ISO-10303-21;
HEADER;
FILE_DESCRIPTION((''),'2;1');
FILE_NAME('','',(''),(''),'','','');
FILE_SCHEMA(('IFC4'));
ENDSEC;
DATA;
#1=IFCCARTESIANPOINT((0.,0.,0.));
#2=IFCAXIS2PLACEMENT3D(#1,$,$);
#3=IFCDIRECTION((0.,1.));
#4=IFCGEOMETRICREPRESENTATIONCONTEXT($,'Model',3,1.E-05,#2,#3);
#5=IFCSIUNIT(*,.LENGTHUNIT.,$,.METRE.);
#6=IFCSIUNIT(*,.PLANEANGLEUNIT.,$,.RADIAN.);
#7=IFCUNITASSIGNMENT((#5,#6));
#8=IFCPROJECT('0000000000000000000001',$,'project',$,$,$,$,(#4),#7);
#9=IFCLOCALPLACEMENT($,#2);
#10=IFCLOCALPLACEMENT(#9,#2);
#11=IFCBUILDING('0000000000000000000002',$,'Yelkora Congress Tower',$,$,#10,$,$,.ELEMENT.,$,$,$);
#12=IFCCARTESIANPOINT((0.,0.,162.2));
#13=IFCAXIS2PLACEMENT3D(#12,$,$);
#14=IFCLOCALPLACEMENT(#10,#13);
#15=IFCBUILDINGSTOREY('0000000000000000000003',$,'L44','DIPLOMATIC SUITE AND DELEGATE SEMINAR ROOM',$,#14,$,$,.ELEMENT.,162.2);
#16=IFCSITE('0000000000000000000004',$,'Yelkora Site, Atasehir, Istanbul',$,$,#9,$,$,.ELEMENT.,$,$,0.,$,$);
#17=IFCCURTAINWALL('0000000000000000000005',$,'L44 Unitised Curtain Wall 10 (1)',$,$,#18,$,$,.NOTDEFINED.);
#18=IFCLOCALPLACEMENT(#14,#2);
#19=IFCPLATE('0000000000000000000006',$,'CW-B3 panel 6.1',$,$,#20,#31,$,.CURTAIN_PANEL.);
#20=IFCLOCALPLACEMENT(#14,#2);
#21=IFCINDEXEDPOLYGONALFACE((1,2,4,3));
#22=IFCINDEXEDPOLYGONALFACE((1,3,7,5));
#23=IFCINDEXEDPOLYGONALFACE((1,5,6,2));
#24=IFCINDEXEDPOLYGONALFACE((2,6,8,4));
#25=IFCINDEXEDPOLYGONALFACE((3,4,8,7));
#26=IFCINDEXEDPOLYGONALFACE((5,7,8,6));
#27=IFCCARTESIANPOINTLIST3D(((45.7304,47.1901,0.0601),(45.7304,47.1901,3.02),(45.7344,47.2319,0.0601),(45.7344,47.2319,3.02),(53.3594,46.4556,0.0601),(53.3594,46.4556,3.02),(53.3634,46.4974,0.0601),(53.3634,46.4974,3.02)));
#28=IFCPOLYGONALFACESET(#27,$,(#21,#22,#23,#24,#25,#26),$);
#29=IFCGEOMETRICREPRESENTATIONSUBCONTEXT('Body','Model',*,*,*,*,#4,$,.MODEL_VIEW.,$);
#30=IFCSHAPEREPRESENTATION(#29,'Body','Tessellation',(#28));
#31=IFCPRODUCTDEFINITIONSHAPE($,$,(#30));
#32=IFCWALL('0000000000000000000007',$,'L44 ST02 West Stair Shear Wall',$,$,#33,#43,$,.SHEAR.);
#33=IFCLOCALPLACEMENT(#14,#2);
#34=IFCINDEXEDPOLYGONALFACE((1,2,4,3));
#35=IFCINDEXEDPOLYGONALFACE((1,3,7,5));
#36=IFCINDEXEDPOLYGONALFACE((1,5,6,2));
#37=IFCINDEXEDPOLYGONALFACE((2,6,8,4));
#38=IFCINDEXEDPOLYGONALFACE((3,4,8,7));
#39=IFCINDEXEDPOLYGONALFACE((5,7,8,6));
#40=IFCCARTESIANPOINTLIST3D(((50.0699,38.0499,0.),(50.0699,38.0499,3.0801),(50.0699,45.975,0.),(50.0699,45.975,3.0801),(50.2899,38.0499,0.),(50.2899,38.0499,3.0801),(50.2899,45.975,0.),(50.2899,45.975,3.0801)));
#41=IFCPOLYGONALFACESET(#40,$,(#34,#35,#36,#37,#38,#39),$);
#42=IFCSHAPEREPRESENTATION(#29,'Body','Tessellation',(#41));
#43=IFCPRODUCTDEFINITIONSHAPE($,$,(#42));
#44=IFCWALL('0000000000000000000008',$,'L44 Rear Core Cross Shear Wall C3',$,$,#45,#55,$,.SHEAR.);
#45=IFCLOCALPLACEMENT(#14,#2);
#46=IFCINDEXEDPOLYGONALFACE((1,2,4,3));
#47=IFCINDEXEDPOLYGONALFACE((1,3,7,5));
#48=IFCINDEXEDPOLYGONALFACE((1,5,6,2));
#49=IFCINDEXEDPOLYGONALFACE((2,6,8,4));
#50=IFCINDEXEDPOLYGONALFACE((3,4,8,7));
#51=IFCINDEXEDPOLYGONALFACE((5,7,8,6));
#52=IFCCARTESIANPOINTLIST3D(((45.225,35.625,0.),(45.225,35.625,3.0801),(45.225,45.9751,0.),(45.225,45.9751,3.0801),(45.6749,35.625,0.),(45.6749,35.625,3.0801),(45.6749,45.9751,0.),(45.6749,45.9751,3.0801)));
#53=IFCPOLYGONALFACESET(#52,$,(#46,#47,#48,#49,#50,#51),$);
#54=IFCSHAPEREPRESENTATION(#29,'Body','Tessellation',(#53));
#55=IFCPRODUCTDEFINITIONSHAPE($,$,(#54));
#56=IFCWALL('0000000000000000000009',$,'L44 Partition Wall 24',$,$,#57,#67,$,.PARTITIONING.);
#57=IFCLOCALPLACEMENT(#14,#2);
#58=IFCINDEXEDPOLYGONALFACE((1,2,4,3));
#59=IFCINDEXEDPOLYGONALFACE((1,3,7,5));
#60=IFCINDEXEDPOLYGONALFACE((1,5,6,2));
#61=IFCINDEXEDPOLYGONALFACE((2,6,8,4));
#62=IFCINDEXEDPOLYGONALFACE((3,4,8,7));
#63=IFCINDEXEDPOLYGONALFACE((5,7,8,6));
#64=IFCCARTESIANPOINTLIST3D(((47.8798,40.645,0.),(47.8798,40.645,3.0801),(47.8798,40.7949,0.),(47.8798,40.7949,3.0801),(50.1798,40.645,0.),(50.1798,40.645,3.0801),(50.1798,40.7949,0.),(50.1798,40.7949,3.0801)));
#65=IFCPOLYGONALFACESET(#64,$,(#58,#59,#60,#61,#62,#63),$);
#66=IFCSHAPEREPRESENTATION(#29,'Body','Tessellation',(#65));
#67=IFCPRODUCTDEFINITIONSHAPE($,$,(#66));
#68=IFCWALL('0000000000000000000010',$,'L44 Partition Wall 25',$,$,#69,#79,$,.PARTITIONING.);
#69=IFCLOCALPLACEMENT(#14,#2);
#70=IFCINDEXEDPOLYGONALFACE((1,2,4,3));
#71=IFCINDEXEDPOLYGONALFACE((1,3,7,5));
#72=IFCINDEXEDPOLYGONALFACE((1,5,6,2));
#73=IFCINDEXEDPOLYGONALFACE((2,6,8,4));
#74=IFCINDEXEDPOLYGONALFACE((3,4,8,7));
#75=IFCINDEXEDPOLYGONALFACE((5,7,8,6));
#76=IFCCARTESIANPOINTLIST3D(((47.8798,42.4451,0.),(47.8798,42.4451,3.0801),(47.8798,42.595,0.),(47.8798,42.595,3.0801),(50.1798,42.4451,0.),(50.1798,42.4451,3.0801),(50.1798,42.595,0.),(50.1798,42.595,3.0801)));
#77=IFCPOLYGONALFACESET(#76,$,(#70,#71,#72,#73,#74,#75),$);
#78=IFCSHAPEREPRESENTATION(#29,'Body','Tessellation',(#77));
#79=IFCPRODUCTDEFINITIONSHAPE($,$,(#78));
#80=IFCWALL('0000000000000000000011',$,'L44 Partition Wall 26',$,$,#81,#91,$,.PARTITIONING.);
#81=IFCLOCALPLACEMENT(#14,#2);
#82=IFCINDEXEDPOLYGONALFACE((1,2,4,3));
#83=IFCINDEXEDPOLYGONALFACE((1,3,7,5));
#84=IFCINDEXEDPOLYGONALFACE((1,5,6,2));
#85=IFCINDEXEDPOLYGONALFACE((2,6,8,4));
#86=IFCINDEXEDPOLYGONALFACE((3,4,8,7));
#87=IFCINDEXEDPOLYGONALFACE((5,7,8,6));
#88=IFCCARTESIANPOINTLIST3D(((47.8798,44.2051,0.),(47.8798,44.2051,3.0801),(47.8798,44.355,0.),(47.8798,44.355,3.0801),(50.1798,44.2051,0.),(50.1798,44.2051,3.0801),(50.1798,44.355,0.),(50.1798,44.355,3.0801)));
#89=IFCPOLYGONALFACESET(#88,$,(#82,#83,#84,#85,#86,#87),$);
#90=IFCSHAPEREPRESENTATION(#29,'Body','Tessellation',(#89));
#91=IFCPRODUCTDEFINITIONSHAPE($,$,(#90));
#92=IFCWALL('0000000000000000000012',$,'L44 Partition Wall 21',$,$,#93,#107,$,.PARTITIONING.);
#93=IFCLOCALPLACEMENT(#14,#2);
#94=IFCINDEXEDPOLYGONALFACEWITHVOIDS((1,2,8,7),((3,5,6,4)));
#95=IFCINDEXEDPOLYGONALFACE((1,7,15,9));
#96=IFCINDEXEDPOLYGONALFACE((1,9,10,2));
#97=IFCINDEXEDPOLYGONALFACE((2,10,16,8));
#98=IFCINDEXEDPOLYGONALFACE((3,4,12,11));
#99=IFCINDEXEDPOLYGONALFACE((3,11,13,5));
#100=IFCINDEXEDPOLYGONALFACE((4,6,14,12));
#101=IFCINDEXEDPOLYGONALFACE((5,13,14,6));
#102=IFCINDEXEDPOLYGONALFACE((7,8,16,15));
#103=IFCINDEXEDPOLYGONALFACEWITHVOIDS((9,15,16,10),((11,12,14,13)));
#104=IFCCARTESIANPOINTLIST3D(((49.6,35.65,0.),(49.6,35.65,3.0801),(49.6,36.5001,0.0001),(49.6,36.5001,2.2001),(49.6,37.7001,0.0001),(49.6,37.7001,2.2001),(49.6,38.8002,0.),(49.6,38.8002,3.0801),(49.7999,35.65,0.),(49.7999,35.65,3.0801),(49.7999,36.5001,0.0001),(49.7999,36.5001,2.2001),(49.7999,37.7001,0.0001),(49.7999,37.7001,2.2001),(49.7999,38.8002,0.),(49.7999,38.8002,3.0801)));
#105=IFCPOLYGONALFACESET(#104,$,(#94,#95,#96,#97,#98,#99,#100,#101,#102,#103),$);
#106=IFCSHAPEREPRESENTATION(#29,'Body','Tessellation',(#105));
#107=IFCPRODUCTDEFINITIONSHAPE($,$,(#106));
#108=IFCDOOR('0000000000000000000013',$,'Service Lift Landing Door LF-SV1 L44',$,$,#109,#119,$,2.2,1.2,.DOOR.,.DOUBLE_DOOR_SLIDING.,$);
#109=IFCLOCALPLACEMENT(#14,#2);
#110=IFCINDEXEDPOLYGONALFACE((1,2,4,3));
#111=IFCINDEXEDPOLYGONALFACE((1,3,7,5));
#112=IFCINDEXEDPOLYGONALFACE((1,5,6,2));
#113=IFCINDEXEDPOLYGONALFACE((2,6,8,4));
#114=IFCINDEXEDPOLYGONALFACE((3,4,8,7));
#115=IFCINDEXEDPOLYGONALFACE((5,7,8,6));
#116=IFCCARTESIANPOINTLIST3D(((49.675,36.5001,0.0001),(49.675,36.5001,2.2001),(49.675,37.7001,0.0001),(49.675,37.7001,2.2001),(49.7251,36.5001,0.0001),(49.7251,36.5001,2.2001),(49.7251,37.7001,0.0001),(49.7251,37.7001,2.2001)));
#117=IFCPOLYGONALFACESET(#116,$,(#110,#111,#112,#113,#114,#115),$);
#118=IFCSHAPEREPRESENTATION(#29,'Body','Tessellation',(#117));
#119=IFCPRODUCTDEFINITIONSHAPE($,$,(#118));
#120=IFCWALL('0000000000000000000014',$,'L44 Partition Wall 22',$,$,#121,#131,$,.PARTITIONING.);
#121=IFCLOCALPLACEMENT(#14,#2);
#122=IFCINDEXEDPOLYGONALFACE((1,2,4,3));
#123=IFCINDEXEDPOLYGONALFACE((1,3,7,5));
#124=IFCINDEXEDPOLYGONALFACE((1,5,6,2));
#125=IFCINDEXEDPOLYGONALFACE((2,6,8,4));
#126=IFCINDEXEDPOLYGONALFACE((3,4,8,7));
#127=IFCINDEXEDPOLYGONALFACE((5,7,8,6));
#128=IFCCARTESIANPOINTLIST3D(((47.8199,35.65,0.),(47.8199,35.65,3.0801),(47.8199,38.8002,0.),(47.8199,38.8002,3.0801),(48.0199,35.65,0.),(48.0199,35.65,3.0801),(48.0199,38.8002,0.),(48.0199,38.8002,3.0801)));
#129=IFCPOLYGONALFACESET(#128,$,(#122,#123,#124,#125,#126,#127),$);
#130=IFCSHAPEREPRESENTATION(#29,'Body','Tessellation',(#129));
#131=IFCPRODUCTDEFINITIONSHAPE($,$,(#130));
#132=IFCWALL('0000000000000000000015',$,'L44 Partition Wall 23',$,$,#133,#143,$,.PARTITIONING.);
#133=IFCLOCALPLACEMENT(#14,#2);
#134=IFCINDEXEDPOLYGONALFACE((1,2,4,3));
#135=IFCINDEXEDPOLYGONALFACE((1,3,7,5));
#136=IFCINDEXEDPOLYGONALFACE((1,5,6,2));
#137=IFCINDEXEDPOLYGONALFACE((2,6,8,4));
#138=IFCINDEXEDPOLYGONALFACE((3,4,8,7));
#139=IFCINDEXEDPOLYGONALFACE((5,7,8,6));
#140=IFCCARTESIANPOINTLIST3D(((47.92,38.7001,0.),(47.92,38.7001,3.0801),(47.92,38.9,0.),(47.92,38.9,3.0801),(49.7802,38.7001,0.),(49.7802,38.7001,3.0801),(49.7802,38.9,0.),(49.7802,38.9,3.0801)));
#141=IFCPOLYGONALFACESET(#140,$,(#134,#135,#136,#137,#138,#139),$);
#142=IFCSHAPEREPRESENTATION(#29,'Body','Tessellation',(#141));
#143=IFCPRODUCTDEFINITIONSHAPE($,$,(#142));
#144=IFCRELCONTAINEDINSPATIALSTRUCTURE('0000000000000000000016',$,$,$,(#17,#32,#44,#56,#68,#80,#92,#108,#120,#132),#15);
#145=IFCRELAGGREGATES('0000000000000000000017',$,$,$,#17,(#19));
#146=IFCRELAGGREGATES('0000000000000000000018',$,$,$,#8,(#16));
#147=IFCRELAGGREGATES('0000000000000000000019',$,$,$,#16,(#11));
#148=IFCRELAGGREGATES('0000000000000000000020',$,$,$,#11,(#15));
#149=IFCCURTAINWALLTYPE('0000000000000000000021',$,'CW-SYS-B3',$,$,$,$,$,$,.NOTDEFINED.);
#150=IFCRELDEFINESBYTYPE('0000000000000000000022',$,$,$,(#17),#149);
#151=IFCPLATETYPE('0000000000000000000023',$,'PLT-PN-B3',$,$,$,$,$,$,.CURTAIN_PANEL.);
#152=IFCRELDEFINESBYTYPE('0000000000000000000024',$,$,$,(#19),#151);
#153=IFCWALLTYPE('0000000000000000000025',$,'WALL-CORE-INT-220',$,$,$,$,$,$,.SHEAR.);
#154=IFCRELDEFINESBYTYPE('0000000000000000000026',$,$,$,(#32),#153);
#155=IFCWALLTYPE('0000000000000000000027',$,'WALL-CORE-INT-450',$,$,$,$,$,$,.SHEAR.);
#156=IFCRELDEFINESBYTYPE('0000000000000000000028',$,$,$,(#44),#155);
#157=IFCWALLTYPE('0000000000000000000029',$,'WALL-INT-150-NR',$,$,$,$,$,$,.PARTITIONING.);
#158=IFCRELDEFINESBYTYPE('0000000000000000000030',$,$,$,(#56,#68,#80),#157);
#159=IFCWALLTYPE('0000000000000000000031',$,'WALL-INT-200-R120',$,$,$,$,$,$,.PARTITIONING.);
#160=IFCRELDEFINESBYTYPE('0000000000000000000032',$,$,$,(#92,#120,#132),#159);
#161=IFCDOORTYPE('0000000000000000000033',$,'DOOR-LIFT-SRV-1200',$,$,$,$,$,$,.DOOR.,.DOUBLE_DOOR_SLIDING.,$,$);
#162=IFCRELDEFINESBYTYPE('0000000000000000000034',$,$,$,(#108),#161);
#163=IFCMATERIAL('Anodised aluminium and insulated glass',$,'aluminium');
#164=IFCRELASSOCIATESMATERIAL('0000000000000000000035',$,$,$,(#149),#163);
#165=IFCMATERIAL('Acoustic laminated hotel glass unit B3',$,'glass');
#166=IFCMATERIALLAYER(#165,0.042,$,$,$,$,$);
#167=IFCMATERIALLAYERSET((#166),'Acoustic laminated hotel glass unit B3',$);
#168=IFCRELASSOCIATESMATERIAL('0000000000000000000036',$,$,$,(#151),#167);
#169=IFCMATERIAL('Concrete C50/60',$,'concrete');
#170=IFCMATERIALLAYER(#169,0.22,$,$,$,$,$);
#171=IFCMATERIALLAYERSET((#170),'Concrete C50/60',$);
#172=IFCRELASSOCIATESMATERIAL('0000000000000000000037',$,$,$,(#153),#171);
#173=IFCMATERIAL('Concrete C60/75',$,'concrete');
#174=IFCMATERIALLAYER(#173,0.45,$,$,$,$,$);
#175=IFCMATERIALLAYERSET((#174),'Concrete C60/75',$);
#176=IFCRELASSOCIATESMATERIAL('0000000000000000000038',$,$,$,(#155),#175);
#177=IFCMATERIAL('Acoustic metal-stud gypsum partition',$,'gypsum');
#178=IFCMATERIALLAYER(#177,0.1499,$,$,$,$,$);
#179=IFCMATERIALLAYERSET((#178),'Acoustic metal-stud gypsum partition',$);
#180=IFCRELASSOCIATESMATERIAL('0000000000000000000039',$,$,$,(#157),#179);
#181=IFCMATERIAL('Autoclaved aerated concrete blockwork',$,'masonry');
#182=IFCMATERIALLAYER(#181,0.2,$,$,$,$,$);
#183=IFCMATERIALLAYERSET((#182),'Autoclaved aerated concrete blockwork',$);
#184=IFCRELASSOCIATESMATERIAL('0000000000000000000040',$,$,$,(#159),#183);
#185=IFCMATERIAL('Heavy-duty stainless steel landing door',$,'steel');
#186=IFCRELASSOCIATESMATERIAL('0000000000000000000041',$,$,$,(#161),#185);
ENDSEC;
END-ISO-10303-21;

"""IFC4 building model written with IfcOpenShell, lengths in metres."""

from ifc_helpers import new_model, si_unit, direction, frame, frame_2d, origin, origin_2d, place, context, subcontext, project, spatial, rectangle, extrude, material, layer, layer_set, type_object, element, fill, aggregate, save


model = new_model("IFC4")

# Units and contexts
model_context = context("Model", 3, precision=1e-05, world=origin(), true_north=direction((0.0, 1.0)))
body_context = subcontext(model_context, "Body", "Model", "MODEL_VIEW")
ifc_project = project(units=[si_unit("LENGTHUNIT", "METRE"), si_unit("PLANEANGLEUNIT", "RADIAN")], contexts=[model_context])

# Site, building, storey
site_placement = place(None, origin())
site = spatial("IfcSite", under=ifc_project, at=site_placement, Name="Yelkora Site, Atasehir, Istanbul", CompositionType="ELEMENT", RefElevation=0.0)
building_placement = place(site_placement, origin())
building = spatial("IfcBuilding", under=site, at=building_placement, Name="Yelkora Congress Tower", CompositionType="ELEMENT")
storey_placement = place(building_placement, frame((0.0, 0.0, 162.2)))
storey = spatial("IfcBuildingStorey", under=building, at=storey_placement, Name="L44", Description="DIPLOMATIC SUITE AND DELEGATE SEMINAR ROOM", CompositionType="ELEMENT", Elevation=162.2)

# Curtain wall, plate
ifc_material_1 = material(Name="Anodised aluminium and insulated glass", Category="aluminium")
curtain_wall_type = type_object("IfcCurtainWallType", Name="CW-SYS-B3", PredefinedType="NOTDEFINED", material=ifc_material_1)
curtain_wall_placement = place(storey_placement, origin())
curtain_wall = element("IfcCurtainWall", 1, at=curtain_wall_placement, inside=storey, type_object=curtain_wall_type, Name="L44 Unitised Curtain Wall 10 (1)", PredefinedType="NOTDEFINED")
ifc_material_2 = material(Name="Acoustic laminated hotel glass unit B3", Category="glass")
ifc_layer_1 = layer(ifc_material_2, 0.042)
ifc_layer_set_1 = layer_set([ifc_layer_1], Name="Acoustic laminated hotel glass unit B3")
plate_type = type_object("IfcPlateType", Name="PLT-PN-B3", PredefinedType="CURTAIN_PANEL", material=ifc_layer_set_1)
plate_placement = place(storey_placement, frame((49.5469, 46.8438, 0.0601), z_axis=(0.0, 0.0, 1.0), x_axis=(0.995396, -0.095845, 0.0)))
plate = element("IfcPlate", 2, at=plate_placement, type_object=plate_type, Name="CW-B3 panel 6.1", PredefinedType="CURTAIN_PANEL", context=body_context, shape_type="SweptSolid", body=[
    extrude(rectangle(XDim=7.6643, YDim=0.042, at=origin_2d()), origin(), (0.0, 0.0, 1.0), 2.96),
])
aggregate(curtain_wall, [plate])

# Walls
ifc_material_3 = material(Name="Concrete C50/60", Category="concrete")
ifc_layer_2 = layer(ifc_material_3, 0.22)
ifc_layer_set_2 = layer_set([ifc_layer_2], Name="Concrete C50/60")
wall_type_1 = type_object("IfcWallType", Name="WALL-CORE-INT-220", PredefinedType="SHEAR", material=ifc_layer_set_2)
wall_1_placement = place(storey_placement, frame((50.1799, 38.05, 0.0), z_axis=(0.0, 0.0, 1.0), x_axis=(0.0, 1.0, 0.0)))
element("IfcWall", 3, at=wall_1_placement, inside=storey, type_object=wall_type_1, Name="L44 ST02 West Stair Shear Wall", PredefinedType="SHEAR", context=body_context, shape_type="SweptSolid", body=[
    extrude(rectangle(XDim=7.925, YDim=0.22, at=frame_2d((3.9624, 0.0))), origin(), (0.0, 0.0, 1.0), 3.0801),
])
ifc_material_4 = material(Name="Concrete C60/75", Category="concrete")
ifc_layer_3 = layer(ifc_material_4, 0.45)
ifc_layer_set_3 = layer_set([ifc_layer_3], Name="Concrete C60/75")
wall_type_2 = type_object("IfcWallType", Name="WALL-CORE-INT-450", PredefinedType="SHEAR", material=ifc_layer_set_3)
wall_2_placement = place(storey_placement, frame((45.45, 35.625, 0.0), z_axis=(0.0, 0.0, 1.0), x_axis=(0.0, 1.0, 0.0)))
element("IfcWall", 4, at=wall_2_placement, inside=storey, type_object=wall_type_2, Name="L44 Rear Core Cross Shear Wall C3", PredefinedType="SHEAR", context=body_context, shape_type="SweptSolid", body=[
    extrude(rectangle(XDim=10.3501, YDim=0.45, at=frame_2d((5.175, 0.0))), origin(), (0.0, 0.0, 1.0), 3.0801),
])
ifc_material_5 = material(Name="Acoustic metal-stud gypsum partition", Category="gypsum")
ifc_layer_4 = layer(ifc_material_5, 0.1499)
ifc_layer_set_4 = layer_set([ifc_layer_4], Name="Acoustic metal-stud gypsum partition")
wall_type_3 = type_object("IfcWallType", Name="WALL-INT-150-NR", PredefinedType="PARTITIONING", material=ifc_layer_set_4)
for number, where, z_axis, x_axis, name in (
    (5, (47.8799, 40.72, 0.0), (0.0, 0.0, 1.0), (1.0, 0.0, 0.0), "L44 Partition Wall 24"),
    (6, (47.8799, 42.52, 0.0), (0.0, 0.0, 1.0), (1.0, 0.0, 0.0), "L44 Partition Wall 25"),
    (7, (47.8799, 44.28, 0.0), (0.0, 0.0, 1.0), (1.0, 0.0, 0.0), "L44 Partition Wall 26"),
):
    element("IfcWall", number, at=place(storey_placement, frame(where, z_axis=z_axis, x_axis=x_axis)), inside=storey, type_object=wall_type_3, Name=name, PredefinedType="PARTITIONING", context=body_context, shape_type="SweptSolid", body=[
        extrude(rectangle(XDim=2.3, YDim=0.1499, at=frame_2d((1.1499, 0.0))), origin(), (0.0, 0.0, 1.0), 3.0801),
    ])

# Wall, opening, door
ifc_material_6 = material(Name="Autoclaved aerated concrete blockwork", Category="masonry")
ifc_layer_5 = layer(ifc_material_6, 0.2)
ifc_layer_set_5 = layer_set([ifc_layer_5], Name="Autoclaved aerated concrete blockwork")
wall_type_4 = type_object("IfcWallType", Name="WALL-INT-200-R120", PredefinedType="PARTITIONING", material=ifc_layer_set_5)
wall_3_placement = place(storey_placement, frame((49.7, 35.6499, 0.0), z_axis=(0.0, 0.0, 1.0), x_axis=(0.0, 1.0, 0.0)))
wall_3 = element("IfcWall", 8, at=wall_3_placement, inside=storey, type_object=wall_type_4, Name="L44 Partition Wall 21", PredefinedType="PARTITIONING", context=body_context, shape_type="SweptSolid", body=[
    extrude(rectangle(XDim=3.1501, YDim=0.2, at=frame_2d((1.5752, 0.0))), origin(), (0.0, 0.0, 1.0), 3.0801),
])
opening_1_placement = place(wall_3_placement, frame((0.8501, 0.0, 0.0)))
opening_1 = element("IfcOpeningElement", 9, at=opening_1_placement, cuts=wall_3, PredefinedType="OPENING", context=body_context, shape_type="SweptSolid", body=[
    extrude(rectangle(XDim=1.2, YDim=2.2, at=frame_2d((0.6001, 1.1001))), frame((0.0, 0.1099, 0.0), z_axis=(0.0, -1.0, 0.0), x_axis=(1.0, 0.0, 0.0)), (0.0, 0.0, 1.0), 0.22),
])
ifc_material_7 = material(Name="Heavy-duty stainless steel landing door", Category="steel")
door_type_1 = type_object("IfcDoorType", Name="DOOR-LIFT-SRV-1200", OperationType="DOUBLE_DOOR_SLIDING", PredefinedType="DOOR", material=ifc_material_7)
door_1_placement = place(opening_1_placement, origin())
door_1 = element("IfcDoor", 10, at=door_1_placement, inside=storey, type_object=door_type_1, Name="Service Lift Landing Door LF-SV1 L44", OperationType="DOUBLE_DOOR_SLIDING", OverallHeight=2.2, OverallWidth=1.2, PredefinedType="DOOR", context=body_context, shape_type="SweptSolid", body=[
    extrude(rectangle(XDim=1.2, YDim=2.2, at=frame_2d((0.6001, 1.1001))), frame((0.0, 0.0249, 0.0), z_axis=(0.0, -1.0, 0.0), x_axis=(1.0, 0.0, 0.0)), (0.0, 0.0, 1.0), 0.05),
])
fill(opening_1, door_1)

# Walls
wall_4_placement = place(storey_placement, frame((47.9199, 35.6499, 0.0), z_axis=(0.0, 0.0, 1.0), x_axis=(0.0, 1.0, 0.0)))
element("IfcWall", 11, at=wall_4_placement, inside=storey, type_object=wall_type_4, Name="L44 Partition Wall 22", PredefinedType="PARTITIONING", context=body_context, shape_type="SweptSolid", body=[
    extrude(rectangle(XDim=3.1501, YDim=0.2, at=frame_2d((1.5752, 0.0))), origin(), (0.0, 0.0, 1.0), 3.0801),
])
wall_5_placement = place(storey_placement, frame((47.9199, 38.8, 0.0), z_axis=(0.0, 0.0, 1.0), x_axis=(1.0, 0.0, 0.0)))
element("IfcWall", 12, at=wall_5_placement, inside=storey, type_object=wall_type_4, Name="L44 Partition Wall 23", PredefinedType="PARTITIONING", context=body_context, shape_type="SweptSolid", body=[
    extrude(rectangle(XDim=1.8601, YDim=0.2, at=frame_2d((0.9302, 0.0))), origin(), (0.0, 0.0, 1.0), 3.0801),
])

save(model, "model.ifc")
